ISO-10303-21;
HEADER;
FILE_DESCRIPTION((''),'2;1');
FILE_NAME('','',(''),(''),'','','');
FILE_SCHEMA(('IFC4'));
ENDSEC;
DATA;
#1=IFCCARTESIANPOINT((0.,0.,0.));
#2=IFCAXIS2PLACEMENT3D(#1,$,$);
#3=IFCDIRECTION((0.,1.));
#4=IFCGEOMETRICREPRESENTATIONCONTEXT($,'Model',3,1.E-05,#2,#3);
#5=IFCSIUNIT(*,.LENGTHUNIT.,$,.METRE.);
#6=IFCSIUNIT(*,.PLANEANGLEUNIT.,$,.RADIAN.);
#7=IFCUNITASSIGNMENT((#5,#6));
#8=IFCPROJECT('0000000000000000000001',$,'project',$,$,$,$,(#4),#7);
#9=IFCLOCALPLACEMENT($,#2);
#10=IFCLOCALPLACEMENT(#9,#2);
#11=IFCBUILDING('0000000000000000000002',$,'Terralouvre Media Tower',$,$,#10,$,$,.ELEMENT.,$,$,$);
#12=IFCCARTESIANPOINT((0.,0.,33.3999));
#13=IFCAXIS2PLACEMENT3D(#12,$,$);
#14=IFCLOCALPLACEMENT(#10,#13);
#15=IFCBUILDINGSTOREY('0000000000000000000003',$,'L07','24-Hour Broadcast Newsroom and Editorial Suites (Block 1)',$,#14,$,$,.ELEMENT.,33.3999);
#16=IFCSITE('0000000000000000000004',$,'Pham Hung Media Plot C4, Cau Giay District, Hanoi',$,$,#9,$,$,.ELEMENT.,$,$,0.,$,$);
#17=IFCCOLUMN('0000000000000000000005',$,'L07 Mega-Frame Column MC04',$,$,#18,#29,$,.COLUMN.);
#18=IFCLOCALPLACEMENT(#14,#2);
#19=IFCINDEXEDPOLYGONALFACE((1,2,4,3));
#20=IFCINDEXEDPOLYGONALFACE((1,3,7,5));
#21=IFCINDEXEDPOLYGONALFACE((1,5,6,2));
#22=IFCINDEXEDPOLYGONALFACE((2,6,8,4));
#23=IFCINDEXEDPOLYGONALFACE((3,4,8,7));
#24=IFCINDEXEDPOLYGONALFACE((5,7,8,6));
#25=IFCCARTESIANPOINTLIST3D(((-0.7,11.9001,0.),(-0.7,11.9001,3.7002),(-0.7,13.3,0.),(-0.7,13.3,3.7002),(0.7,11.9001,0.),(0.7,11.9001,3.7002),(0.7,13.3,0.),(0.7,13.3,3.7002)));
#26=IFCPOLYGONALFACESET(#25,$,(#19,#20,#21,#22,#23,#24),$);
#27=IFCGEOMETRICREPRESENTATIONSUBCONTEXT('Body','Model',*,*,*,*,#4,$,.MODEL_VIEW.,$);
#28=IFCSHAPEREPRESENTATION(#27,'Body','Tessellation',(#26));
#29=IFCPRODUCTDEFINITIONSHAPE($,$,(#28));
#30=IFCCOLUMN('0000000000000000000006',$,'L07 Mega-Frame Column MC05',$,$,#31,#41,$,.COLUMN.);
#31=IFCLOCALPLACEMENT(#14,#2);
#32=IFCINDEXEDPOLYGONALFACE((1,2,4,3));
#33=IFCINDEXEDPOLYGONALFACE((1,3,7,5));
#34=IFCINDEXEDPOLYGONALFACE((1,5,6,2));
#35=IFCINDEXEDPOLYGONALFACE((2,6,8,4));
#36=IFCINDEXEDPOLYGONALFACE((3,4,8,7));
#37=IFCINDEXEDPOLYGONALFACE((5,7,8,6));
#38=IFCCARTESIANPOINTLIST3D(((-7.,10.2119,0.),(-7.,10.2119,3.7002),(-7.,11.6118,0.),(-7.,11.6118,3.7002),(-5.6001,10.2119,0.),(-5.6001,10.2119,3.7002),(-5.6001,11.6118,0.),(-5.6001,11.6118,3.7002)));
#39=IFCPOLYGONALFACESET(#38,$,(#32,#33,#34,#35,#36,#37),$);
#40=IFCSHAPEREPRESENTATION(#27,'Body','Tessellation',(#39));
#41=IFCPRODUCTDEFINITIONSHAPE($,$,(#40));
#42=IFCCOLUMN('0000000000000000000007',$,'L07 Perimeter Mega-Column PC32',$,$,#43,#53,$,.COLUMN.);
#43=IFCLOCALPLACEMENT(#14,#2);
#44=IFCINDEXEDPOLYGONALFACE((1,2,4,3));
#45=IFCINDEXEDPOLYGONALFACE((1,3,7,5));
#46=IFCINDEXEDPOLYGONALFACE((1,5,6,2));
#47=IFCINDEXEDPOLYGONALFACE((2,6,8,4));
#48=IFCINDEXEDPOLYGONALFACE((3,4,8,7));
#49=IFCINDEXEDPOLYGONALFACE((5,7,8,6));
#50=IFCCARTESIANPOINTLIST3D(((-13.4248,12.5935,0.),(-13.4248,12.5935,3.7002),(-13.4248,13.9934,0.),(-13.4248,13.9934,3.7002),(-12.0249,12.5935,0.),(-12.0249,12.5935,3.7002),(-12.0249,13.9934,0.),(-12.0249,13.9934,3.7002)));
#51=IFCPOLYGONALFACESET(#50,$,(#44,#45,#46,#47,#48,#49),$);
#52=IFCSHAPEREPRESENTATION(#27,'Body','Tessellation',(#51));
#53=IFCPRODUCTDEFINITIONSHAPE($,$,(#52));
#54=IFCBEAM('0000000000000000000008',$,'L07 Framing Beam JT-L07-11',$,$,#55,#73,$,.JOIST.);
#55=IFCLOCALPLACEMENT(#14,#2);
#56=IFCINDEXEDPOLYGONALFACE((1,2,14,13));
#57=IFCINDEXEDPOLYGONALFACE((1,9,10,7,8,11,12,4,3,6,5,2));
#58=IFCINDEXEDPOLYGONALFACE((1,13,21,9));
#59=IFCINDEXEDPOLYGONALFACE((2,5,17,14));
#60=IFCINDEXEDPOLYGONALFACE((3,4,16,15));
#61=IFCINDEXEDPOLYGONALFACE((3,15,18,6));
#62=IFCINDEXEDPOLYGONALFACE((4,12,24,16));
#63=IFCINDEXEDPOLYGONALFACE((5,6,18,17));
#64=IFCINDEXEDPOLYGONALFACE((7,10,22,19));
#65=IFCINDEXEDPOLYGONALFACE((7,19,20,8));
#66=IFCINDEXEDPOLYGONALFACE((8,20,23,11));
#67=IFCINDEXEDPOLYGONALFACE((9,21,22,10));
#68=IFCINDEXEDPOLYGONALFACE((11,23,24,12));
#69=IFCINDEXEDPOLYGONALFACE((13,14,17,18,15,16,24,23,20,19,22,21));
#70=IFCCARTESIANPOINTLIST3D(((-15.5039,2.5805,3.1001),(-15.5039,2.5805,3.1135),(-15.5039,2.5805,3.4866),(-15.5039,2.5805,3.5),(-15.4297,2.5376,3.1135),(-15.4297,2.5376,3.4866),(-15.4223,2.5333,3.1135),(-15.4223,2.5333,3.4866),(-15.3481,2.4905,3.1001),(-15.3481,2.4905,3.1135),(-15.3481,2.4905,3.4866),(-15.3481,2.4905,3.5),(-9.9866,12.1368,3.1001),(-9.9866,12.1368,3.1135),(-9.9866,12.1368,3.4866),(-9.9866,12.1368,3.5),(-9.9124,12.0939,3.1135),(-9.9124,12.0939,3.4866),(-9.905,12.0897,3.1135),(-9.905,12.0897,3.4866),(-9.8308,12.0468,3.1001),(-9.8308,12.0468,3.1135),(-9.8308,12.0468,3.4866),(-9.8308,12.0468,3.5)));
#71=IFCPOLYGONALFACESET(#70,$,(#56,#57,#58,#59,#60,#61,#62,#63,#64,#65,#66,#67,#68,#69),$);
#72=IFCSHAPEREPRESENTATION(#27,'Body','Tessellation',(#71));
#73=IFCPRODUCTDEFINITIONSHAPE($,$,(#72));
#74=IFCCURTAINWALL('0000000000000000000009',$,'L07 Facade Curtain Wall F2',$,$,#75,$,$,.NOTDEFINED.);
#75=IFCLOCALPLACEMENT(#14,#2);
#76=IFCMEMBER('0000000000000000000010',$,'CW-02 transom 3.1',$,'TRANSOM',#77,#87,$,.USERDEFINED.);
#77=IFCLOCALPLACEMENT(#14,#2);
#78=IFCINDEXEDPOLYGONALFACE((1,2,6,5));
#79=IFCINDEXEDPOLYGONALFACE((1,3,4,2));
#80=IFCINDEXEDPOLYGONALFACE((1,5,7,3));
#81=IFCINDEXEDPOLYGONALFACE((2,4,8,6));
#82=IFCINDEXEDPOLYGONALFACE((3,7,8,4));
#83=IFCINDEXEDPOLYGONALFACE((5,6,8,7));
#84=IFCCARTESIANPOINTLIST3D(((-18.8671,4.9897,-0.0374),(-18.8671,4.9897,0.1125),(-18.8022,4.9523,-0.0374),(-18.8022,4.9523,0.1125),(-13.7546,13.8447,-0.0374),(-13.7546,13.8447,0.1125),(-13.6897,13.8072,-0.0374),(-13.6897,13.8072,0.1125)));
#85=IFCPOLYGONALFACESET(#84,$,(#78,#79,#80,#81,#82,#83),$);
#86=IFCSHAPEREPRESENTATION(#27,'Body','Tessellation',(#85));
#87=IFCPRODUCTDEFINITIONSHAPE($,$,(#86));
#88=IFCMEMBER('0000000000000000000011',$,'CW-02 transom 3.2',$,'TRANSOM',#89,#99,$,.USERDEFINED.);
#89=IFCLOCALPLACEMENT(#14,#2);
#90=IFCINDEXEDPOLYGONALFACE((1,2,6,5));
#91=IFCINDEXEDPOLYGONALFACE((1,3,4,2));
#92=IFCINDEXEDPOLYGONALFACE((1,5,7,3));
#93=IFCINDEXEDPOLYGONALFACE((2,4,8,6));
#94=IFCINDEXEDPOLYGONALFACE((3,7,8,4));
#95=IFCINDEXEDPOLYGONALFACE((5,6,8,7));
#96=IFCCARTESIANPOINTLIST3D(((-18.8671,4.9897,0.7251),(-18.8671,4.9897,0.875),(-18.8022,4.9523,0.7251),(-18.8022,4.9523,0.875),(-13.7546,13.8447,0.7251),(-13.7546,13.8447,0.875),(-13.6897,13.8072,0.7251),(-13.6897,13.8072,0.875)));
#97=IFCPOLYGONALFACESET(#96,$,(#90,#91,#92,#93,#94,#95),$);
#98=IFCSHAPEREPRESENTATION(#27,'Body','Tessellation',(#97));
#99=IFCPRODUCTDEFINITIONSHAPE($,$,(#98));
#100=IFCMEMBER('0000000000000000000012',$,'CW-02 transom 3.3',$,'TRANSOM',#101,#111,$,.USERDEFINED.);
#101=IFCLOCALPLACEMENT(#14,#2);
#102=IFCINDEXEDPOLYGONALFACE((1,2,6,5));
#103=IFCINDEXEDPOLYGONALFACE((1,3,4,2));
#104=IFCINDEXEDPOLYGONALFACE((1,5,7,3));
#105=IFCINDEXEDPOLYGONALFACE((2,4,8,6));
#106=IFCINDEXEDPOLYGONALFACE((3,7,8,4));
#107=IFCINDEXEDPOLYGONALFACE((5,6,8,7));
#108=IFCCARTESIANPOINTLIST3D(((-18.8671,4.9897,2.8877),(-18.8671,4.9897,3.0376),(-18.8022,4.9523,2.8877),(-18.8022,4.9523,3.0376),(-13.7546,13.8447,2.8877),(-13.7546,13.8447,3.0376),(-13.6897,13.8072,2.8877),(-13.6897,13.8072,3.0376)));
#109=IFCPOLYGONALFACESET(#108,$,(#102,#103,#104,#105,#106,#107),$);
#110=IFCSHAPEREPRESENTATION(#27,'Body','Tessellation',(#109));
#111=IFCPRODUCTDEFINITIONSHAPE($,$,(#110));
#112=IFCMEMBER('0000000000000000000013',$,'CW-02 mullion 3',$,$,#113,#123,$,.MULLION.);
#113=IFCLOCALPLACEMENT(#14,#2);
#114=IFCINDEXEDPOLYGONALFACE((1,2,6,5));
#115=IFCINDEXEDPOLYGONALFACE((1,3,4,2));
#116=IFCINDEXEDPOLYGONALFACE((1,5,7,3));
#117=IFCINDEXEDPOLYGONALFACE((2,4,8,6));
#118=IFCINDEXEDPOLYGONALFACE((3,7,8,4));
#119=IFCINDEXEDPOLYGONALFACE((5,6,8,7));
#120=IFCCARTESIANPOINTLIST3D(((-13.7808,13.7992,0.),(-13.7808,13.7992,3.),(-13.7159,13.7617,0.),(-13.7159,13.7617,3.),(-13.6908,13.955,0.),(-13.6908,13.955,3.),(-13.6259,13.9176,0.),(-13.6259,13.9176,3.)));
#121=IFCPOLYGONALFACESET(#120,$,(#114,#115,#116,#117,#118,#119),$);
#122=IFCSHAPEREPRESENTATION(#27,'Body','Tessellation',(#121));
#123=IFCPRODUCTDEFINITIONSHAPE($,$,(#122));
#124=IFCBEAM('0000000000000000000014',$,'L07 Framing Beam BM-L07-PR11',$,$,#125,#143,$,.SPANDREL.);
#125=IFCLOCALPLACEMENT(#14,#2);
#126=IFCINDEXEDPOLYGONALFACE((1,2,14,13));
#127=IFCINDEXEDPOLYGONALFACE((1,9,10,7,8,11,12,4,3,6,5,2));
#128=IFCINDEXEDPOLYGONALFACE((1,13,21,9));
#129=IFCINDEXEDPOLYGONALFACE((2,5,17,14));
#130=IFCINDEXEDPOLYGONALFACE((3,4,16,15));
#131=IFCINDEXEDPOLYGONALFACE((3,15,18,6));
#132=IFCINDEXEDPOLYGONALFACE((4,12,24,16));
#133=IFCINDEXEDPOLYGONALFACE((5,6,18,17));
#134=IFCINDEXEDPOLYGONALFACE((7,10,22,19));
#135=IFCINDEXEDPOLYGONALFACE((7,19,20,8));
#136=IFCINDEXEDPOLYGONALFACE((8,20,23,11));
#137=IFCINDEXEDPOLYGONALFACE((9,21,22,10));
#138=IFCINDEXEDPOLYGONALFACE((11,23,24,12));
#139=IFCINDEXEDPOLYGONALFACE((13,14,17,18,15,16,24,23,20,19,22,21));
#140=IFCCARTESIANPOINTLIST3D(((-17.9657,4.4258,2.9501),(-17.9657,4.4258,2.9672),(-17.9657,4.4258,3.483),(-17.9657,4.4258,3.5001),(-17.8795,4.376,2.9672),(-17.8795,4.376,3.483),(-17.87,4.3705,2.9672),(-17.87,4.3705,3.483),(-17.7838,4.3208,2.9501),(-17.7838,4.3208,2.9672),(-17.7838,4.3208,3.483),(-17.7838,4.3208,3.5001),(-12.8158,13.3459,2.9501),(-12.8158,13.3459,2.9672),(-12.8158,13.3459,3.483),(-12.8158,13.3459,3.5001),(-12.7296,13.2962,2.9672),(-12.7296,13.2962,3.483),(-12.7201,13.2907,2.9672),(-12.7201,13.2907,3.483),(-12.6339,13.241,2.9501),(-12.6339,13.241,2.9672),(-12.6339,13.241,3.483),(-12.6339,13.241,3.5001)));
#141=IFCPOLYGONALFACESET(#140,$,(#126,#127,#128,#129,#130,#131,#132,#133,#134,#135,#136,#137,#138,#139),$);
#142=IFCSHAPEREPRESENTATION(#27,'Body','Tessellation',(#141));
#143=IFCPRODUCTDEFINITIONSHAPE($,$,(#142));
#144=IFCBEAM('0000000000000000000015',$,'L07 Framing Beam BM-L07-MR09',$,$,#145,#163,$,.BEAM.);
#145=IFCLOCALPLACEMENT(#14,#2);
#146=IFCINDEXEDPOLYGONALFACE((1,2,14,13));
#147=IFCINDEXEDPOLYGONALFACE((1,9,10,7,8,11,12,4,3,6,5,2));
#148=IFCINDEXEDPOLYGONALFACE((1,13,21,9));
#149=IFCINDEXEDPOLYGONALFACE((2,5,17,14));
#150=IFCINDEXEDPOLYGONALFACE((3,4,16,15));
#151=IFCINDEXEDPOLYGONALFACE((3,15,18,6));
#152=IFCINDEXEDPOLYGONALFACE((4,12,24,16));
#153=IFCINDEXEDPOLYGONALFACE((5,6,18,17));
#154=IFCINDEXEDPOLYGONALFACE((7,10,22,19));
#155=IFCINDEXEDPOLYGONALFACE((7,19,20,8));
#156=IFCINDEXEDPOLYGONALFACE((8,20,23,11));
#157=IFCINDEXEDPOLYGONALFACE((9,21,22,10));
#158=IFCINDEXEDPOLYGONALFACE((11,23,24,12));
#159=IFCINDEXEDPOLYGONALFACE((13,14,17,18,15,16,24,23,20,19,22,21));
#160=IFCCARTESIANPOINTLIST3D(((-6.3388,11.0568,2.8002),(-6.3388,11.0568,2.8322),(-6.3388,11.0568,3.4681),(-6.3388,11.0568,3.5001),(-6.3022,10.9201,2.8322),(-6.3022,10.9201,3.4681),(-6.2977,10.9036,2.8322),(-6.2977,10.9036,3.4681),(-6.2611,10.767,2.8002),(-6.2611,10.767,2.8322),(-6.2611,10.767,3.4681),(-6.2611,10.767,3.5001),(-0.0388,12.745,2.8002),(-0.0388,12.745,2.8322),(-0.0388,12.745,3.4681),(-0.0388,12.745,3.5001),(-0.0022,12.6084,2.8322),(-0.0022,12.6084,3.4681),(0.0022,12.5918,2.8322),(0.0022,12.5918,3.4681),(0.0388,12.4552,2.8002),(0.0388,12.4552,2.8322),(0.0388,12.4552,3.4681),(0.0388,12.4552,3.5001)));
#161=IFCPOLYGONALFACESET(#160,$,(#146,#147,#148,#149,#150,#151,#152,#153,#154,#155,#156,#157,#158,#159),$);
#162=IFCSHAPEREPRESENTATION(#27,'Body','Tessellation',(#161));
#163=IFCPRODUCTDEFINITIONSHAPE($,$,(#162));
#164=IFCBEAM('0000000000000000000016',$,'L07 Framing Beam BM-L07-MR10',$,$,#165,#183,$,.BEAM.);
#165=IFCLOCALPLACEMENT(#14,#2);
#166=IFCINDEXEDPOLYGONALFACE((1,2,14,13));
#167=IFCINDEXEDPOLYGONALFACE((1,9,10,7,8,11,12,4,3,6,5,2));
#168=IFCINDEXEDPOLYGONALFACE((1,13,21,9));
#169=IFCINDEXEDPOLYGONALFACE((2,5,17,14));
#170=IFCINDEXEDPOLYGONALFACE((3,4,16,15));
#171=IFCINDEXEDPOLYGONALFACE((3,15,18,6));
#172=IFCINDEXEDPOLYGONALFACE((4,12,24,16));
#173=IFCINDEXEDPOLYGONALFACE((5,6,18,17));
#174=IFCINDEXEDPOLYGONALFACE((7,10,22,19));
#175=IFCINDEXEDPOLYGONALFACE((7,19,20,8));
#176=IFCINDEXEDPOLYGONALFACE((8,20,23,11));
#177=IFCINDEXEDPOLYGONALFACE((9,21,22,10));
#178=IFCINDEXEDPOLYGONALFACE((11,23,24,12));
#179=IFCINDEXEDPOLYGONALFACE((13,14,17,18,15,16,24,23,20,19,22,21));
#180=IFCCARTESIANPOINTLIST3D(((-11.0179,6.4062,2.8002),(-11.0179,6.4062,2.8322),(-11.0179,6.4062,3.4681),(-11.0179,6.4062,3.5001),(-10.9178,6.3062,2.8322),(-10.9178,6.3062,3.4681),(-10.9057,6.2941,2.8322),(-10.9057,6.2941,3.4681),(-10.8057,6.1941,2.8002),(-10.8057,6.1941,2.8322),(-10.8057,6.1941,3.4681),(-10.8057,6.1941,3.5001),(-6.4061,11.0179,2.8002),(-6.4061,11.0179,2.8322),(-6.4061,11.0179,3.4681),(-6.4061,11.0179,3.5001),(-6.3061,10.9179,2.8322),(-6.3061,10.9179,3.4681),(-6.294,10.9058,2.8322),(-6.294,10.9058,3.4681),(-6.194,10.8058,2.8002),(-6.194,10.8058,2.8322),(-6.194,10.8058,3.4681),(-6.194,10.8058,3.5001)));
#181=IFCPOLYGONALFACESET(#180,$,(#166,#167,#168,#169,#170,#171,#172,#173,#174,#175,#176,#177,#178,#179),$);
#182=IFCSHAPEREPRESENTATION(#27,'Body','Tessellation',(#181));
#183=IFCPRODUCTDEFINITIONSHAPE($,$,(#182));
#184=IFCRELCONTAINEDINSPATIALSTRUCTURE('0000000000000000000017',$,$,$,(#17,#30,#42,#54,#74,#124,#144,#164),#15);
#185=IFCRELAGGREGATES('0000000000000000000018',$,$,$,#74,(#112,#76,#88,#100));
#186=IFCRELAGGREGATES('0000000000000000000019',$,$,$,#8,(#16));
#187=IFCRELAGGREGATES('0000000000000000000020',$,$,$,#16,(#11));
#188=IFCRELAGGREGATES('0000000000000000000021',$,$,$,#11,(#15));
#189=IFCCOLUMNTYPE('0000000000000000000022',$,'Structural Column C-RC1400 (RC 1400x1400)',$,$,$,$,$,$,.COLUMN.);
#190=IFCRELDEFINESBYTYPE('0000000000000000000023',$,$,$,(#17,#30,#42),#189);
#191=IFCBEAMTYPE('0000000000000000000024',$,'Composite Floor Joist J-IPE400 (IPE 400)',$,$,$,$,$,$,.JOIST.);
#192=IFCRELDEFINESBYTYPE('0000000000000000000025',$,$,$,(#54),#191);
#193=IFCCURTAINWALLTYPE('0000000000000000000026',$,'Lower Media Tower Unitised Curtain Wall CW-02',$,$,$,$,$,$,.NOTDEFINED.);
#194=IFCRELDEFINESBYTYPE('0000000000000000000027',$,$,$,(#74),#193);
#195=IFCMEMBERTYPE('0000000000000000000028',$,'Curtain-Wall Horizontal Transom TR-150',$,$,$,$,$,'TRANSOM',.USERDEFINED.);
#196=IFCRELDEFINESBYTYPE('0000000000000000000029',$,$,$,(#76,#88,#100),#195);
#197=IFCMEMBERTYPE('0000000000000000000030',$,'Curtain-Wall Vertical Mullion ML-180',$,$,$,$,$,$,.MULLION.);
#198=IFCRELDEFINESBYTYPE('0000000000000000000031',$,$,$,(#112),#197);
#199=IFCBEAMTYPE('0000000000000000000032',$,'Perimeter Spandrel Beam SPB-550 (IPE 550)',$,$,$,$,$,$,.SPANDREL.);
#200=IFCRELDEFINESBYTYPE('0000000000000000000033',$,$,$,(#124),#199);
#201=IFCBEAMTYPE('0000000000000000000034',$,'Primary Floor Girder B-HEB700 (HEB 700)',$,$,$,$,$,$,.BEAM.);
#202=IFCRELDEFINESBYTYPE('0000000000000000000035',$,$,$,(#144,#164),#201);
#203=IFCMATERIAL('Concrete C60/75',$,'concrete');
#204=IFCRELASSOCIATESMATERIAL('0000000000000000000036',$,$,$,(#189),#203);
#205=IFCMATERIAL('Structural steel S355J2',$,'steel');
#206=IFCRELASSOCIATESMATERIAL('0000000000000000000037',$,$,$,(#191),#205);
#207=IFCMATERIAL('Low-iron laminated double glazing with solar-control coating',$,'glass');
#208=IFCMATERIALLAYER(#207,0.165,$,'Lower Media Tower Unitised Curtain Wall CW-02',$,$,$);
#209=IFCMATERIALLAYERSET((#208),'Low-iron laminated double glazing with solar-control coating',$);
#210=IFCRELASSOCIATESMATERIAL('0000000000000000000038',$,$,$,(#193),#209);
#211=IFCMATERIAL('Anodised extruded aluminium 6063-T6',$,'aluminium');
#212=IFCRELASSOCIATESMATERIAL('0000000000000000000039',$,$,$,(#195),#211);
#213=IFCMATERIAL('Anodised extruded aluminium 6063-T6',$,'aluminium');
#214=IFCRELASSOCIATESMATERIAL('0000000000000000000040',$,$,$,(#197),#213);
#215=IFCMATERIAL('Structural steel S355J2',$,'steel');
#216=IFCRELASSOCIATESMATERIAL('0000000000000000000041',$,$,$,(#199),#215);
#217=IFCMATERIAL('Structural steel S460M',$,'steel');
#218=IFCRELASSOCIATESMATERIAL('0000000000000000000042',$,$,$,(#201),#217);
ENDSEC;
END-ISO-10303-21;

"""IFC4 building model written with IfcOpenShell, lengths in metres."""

from ifc_helpers import new_model, si_unit, direction, frame, origin, origin_2d, place, context, subcontext, project, spatial, rectangle, i_section, extrude, material, layer, layer_set, material_profile, profile_set, type_object, element, aggregate, save


model = new_model("IFC4")

# Units and contexts
model_context = context("Model", 3, precision=1e-05, world=origin(), true_north=direction((0.0, 1.0)))
body_context = subcontext(model_context, "Body", "Model", "MODEL_VIEW")
ifc_project = project(units=[si_unit("LENGTHUNIT", "METRE"), si_unit("PLANEANGLEUNIT", "RADIAN")], contexts=[model_context])

# Site, building, storey
site_placement = place(None, origin())
site = spatial("IfcSite", under=ifc_project, at=site_placement, Name="Pham Hung Media Plot C4, Cau Giay District, Hanoi", CompositionType="ELEMENT", RefElevation=0.0)
building_placement = place(site_placement, origin())
building = spatial("IfcBuilding", under=site, at=building_placement, Name="Terralouvre Media Tower", CompositionType="ELEMENT")
storey_placement = place(building_placement, frame((0.0, 0.0, 33.3999)))
storey = spatial("IfcBuildingStorey", under=building, at=storey_placement, Name="L07", Description="24-Hour Broadcast Newsroom and Editorial Suites (Block 1)", CompositionType="ELEMENT", Elevation=33.3999)

# Columns
ifc_material_1 = material(Name="Concrete C60/75", Category="concrete")
ifc_material_profile_1 = material_profile(ifc_material_1, rectangle(XDim=1.3999, YDim=1.3999, at=origin_2d()), Name="RC 1400x1400")
ifc_profile_set_1 = profile_set([ifc_material_profile_1], Name="Concrete C60/75")
column_type = type_object("IfcColumnType", Name="Structural Column C-RC1400 (RC 1400x1400)", PredefinedType="COLUMN", material=ifc_profile_set_1)
for number, where, z_axis, x_axis, name in (
    (1, (0.0, 12.6001, 0.0), (0.0, 0.0, 1.0), (1.0, 0.0, 0.0), "L07 Mega-Frame Column MC04"),
    (2, (-6.3, 10.9119, 0.0), (0.0, 0.0, 1.0), (1.0, 0.0, 0.0), "L07 Mega-Frame Column MC05"),
    (3, (-12.7249, 13.2935, 0.0), (0.0, 0.0, 1.0), (1.0, 0.0, 0.0), "L07 Perimeter Mega-Column PC32"),
):
    element("IfcColumn", number, at=place(storey_placement, frame(where, z_axis=z_axis, x_axis=x_axis)), inside=storey, type_object=column_type, Name=name, PredefinedType="COLUMN", context=body_context, shape_type="SweptSolid", body=[
        extrude(rectangle(XDim=1.3999, YDim=1.3999, at=origin_2d()), origin(), (0.0, 0.0, 1.0), 3.7002),
    ])

# Beam
ifc_material_2 = material(Name="Structural steel S355J2", Category="steel")
ifc_material_profile_2 = material_profile(ifc_material_2, i_section(OverallWidth=0.1799, OverallDepth=0.3999, WebThickness=0.0085, FlangeThickness=0.0134, at=origin_2d()), Name="IPE 400")
ifc_profile_set_2 = profile_set([ifc_material_profile_2], Name="Structural steel S355J2")
beam_type_1 = type_object("IfcBeamType", Name="Composite Floor Joist J-IPE400 (IPE 400)", PredefinedType="JOIST", material=ifc_profile_set_2)
beam_1_placement = place(storey_placement, frame((-9.9087, 12.0918, 3.3), z_axis=(-0.499996, -0.866028, 0.0), x_axis=(0.866028, -0.499996, 0.0)))
element("IfcBeam", 4, at=beam_1_placement, inside=storey, type_object=beam_type_1, Name="L07 Framing Beam JT-L07-11", PredefinedType="JOIST", context=body_context, shape_type="SweptSolid", body=[
    extrude(i_section(OverallWidth=0.1799, OverallDepth=0.3999, WebThickness=0.0085, FlangeThickness=0.0134, at=origin_2d()), origin(), (0.0, 0.0, 1.0), 11.0347),
])

# Curtain wall, members
ifc_material_3 = material(Name="Low-iron laminated double glazing with solar-control coating", Category="glass")
ifc_layer_1 = layer(ifc_material_3, 0.165, Name="Lower Media Tower Unitised Curtain Wall CW-02")
ifc_layer_set_1 = layer_set([ifc_layer_1], Name="Low-iron laminated double glazing with solar-control coating")
curtain_wall_type = type_object("IfcCurtainWallType", Name="Lower Media Tower Unitised Curtain Wall CW-02", PredefinedType="NOTDEFINED", material=ifc_layer_set_1)
curtain_wall_placement = place(storey_placement, origin())
curtain_wall = element("IfcCurtainWall", 5, at=curtain_wall_placement, inside=storey, type_object=curtain_wall_type, Name="L07 Facade Curtain Wall F2", PredefinedType="NOTDEFINED")
ifc_material_4 = material(Name="Anodised extruded aluminium 6063-T6", Category="aluminium")
ifc_material_profile_3 = material_profile(ifc_material_4, rectangle(XDim=0.075, YDim=0.1499, at=origin_2d()), Name="ALU 75x150")
ifc_profile_set_3 = profile_set([ifc_material_profile_3], Name="Anodised extruded aluminium 6063-T6")
member_type_1 = type_object("IfcMemberType", Name="Curtain-Wall Horizontal Transom TR-150", ElementType="TRANSOM", PredefinedType="USERDEFINED", material=ifc_profile_set_3)
member_1_placement = place(storey_placement, frame((-13.7222, 13.8259, 0.0376), z_axis=(-0.500009, -0.86602, 0.0), x_axis=(0.86602, -0.500009, 0.0)))
member_1 = element("IfcMember", 6, at=member_1_placement, type_object=member_type_1, Name="CW-02 transom 3.1", ObjectType="TRANSOM", PredefinedType="USERDEFINED", context=body_context, shape_type="SweptSolid", body=[
    extrude(rectangle(XDim=0.075, YDim=0.1499, at=origin_2d()), origin(), (0.0, 0.0, 1.0), 10.2249),
])
member_2_placement = place(storey_placement, frame((-13.7222, 13.8259, 0.8), z_axis=(-0.500009, -0.86602, 0.0), x_axis=(0.86602, -0.500009, 0.0)))
member_2 = element("IfcMember", 7, at=member_2_placement, type_object=member_type_1, Name="CW-02 transom 3.2", ObjectType="TRANSOM", PredefinedType="USERDEFINED", context=body_context, shape_type="SweptSolid", body=[
    extrude(rectangle(XDim=0.075, YDim=0.1499, at=origin_2d()), origin(), (0.0, 0.0, 1.0), 10.2249),
])
member_3_placement = place(storey_placement, frame((-13.7222, 13.8259, 2.9626), z_axis=(-0.500009, -0.86602, 0.0), x_axis=(0.86602, -0.500009, 0.0)))
member_3 = element("IfcMember", 8, at=member_3_placement, type_object=member_type_1, Name="CW-02 transom 3.3", ObjectType="TRANSOM", PredefinedType="USERDEFINED", context=body_context, shape_type="SweptSolid", body=[
    extrude(rectangle(XDim=0.075, YDim=0.1499, at=origin_2d()), origin(), (0.0, 0.0, 1.0), 10.2249),
])
ifc_material_5 = material(Name="Anodised extruded aluminium 6063-T6", Category="aluminium")
ifc_material_profile_4 = material_profile(ifc_material_5, rectangle(XDim=0.075, YDim=0.1799, at=origin_2d()), Name="ALU 75x180")
ifc_profile_set_4 = profile_set([ifc_material_profile_4], Name="Anodised extruded aluminium 6063-T6")
member_type_2 = type_object("IfcMemberType", Name="Curtain-Wall Vertical Mullion ML-180", PredefinedType="MULLION", material=ifc_profile_set_4)
member_4_placement = place(storey_placement, frame((-13.7034, 13.8584, 0.0), z_axis=(0.0, 0.0, 1.0), x_axis=(0.866025, -0.5, 0.0)))
member_4 = element("IfcMember", 9, at=member_4_placement, type_object=member_type_2, Name="CW-02 mullion 3", PredefinedType="MULLION", context=body_context, shape_type="SweptSolid", body=[
    extrude(rectangle(XDim=0.075, YDim=0.1799, at=origin_2d()), origin(), (0.0, 0.0, 1.0), 3.0),
])

# Beams
ifc_material_6 = material(Name="Structural steel S355J2", Category="steel")
ifc_material_profile_5 = material_profile(ifc_material_6, i_section(OverallWidth=0.21, OverallDepth=0.55, WebThickness=0.011, FlangeThickness=0.0171, at=origin_2d()), Name="IPE 550")
ifc_profile_set_5 = profile_set([ifc_material_profile_5], Name="Structural steel S355J2")
beam_type_2 = type_object("IfcBeamType", Name="Perimeter Spandrel Beam SPB-550 (IPE 550)", PredefinedType="SPANDREL", material=ifc_profile_set_5)
beam_2_placement = place(storey_placement, frame((-12.7249, 13.2935, 3.2251), z_axis=(-0.499989, -0.866032, 0.0), x_axis=(0.866032, -0.499989, 0.0)))
element("IfcBeam", 10, at=beam_2_placement, inside=storey, type_object=beam_type_2, Name="L07 Framing Beam BM-L07-PR11", PredefinedType="SPANDREL", context=body_context, shape_type="SweptSolid", body=[
    extrude(i_section(OverallWidth=0.21, OverallDepth=0.55, WebThickness=0.011, FlangeThickness=0.0171, at=origin_2d()), origin(), (0.0, 0.0, 1.0), 10.3),
])
ifc_material_7 = material(Name="Structural steel S460M", Category="steel")
ifc_material_profile_6 = material_profile(ifc_material_7, i_section(OverallWidth=0.3, OverallDepth=0.7, WebThickness=0.0171, FlangeThickness=0.032, at=origin_2d()), Name="HEB 700")
ifc_profile_set_6 = profile_set([ifc_material_profile_6], Name="Structural steel S460M")
beam_type_3 = type_object("IfcBeamType", Name="Primary Floor Girder B-HEB700 (HEB 700)", PredefinedType="BEAM", material=ifc_profile_set_6)
beam_3_placement = place(storey_placement, frame((0.0, 12.6001, 3.1501), z_axis=(-0.96592, -0.258839, 0.0), x_axis=(0.258839, -0.96592, 0.0)))
element("IfcBeam", 11, at=beam_3_placement, inside=storey, type_object=beam_type_3, Name="L07 Framing Beam BM-L07-MR09", PredefinedType="BEAM", context=body_context, shape_type="SweptSolid", body=[
    extrude(i_section(OverallWidth=0.3, OverallDepth=0.7, WebThickness=0.0171, FlangeThickness=0.032, at=origin_2d()), origin(), (0.0, 0.0, 1.0), 6.5222),
])
beam_4_placement = place(storey_placement, frame((-6.3, 10.9119, 3.1501), z_axis=(-0.707107, -0.707107, 0.0), x_axis=(0.707107, -0.707107, 0.0)))
element("IfcBeam", 12, at=beam_4_placement, inside=storey, type_object=beam_type_3, Name="L07 Framing Beam BM-L07-MR10", PredefinedType="BEAM", context=body_context, shape_type="SweptSolid", body=[
    extrude(i_section(OverallWidth=0.3, OverallDepth=0.7, WebThickness=0.0171, FlangeThickness=0.032, at=origin_2d()), origin(), (0.0, 0.0, 1.0), 6.522),
])

aggregate(curtain_wall, [member_4, member_1, member_2, member_3])

save(model, "model.ifc")
